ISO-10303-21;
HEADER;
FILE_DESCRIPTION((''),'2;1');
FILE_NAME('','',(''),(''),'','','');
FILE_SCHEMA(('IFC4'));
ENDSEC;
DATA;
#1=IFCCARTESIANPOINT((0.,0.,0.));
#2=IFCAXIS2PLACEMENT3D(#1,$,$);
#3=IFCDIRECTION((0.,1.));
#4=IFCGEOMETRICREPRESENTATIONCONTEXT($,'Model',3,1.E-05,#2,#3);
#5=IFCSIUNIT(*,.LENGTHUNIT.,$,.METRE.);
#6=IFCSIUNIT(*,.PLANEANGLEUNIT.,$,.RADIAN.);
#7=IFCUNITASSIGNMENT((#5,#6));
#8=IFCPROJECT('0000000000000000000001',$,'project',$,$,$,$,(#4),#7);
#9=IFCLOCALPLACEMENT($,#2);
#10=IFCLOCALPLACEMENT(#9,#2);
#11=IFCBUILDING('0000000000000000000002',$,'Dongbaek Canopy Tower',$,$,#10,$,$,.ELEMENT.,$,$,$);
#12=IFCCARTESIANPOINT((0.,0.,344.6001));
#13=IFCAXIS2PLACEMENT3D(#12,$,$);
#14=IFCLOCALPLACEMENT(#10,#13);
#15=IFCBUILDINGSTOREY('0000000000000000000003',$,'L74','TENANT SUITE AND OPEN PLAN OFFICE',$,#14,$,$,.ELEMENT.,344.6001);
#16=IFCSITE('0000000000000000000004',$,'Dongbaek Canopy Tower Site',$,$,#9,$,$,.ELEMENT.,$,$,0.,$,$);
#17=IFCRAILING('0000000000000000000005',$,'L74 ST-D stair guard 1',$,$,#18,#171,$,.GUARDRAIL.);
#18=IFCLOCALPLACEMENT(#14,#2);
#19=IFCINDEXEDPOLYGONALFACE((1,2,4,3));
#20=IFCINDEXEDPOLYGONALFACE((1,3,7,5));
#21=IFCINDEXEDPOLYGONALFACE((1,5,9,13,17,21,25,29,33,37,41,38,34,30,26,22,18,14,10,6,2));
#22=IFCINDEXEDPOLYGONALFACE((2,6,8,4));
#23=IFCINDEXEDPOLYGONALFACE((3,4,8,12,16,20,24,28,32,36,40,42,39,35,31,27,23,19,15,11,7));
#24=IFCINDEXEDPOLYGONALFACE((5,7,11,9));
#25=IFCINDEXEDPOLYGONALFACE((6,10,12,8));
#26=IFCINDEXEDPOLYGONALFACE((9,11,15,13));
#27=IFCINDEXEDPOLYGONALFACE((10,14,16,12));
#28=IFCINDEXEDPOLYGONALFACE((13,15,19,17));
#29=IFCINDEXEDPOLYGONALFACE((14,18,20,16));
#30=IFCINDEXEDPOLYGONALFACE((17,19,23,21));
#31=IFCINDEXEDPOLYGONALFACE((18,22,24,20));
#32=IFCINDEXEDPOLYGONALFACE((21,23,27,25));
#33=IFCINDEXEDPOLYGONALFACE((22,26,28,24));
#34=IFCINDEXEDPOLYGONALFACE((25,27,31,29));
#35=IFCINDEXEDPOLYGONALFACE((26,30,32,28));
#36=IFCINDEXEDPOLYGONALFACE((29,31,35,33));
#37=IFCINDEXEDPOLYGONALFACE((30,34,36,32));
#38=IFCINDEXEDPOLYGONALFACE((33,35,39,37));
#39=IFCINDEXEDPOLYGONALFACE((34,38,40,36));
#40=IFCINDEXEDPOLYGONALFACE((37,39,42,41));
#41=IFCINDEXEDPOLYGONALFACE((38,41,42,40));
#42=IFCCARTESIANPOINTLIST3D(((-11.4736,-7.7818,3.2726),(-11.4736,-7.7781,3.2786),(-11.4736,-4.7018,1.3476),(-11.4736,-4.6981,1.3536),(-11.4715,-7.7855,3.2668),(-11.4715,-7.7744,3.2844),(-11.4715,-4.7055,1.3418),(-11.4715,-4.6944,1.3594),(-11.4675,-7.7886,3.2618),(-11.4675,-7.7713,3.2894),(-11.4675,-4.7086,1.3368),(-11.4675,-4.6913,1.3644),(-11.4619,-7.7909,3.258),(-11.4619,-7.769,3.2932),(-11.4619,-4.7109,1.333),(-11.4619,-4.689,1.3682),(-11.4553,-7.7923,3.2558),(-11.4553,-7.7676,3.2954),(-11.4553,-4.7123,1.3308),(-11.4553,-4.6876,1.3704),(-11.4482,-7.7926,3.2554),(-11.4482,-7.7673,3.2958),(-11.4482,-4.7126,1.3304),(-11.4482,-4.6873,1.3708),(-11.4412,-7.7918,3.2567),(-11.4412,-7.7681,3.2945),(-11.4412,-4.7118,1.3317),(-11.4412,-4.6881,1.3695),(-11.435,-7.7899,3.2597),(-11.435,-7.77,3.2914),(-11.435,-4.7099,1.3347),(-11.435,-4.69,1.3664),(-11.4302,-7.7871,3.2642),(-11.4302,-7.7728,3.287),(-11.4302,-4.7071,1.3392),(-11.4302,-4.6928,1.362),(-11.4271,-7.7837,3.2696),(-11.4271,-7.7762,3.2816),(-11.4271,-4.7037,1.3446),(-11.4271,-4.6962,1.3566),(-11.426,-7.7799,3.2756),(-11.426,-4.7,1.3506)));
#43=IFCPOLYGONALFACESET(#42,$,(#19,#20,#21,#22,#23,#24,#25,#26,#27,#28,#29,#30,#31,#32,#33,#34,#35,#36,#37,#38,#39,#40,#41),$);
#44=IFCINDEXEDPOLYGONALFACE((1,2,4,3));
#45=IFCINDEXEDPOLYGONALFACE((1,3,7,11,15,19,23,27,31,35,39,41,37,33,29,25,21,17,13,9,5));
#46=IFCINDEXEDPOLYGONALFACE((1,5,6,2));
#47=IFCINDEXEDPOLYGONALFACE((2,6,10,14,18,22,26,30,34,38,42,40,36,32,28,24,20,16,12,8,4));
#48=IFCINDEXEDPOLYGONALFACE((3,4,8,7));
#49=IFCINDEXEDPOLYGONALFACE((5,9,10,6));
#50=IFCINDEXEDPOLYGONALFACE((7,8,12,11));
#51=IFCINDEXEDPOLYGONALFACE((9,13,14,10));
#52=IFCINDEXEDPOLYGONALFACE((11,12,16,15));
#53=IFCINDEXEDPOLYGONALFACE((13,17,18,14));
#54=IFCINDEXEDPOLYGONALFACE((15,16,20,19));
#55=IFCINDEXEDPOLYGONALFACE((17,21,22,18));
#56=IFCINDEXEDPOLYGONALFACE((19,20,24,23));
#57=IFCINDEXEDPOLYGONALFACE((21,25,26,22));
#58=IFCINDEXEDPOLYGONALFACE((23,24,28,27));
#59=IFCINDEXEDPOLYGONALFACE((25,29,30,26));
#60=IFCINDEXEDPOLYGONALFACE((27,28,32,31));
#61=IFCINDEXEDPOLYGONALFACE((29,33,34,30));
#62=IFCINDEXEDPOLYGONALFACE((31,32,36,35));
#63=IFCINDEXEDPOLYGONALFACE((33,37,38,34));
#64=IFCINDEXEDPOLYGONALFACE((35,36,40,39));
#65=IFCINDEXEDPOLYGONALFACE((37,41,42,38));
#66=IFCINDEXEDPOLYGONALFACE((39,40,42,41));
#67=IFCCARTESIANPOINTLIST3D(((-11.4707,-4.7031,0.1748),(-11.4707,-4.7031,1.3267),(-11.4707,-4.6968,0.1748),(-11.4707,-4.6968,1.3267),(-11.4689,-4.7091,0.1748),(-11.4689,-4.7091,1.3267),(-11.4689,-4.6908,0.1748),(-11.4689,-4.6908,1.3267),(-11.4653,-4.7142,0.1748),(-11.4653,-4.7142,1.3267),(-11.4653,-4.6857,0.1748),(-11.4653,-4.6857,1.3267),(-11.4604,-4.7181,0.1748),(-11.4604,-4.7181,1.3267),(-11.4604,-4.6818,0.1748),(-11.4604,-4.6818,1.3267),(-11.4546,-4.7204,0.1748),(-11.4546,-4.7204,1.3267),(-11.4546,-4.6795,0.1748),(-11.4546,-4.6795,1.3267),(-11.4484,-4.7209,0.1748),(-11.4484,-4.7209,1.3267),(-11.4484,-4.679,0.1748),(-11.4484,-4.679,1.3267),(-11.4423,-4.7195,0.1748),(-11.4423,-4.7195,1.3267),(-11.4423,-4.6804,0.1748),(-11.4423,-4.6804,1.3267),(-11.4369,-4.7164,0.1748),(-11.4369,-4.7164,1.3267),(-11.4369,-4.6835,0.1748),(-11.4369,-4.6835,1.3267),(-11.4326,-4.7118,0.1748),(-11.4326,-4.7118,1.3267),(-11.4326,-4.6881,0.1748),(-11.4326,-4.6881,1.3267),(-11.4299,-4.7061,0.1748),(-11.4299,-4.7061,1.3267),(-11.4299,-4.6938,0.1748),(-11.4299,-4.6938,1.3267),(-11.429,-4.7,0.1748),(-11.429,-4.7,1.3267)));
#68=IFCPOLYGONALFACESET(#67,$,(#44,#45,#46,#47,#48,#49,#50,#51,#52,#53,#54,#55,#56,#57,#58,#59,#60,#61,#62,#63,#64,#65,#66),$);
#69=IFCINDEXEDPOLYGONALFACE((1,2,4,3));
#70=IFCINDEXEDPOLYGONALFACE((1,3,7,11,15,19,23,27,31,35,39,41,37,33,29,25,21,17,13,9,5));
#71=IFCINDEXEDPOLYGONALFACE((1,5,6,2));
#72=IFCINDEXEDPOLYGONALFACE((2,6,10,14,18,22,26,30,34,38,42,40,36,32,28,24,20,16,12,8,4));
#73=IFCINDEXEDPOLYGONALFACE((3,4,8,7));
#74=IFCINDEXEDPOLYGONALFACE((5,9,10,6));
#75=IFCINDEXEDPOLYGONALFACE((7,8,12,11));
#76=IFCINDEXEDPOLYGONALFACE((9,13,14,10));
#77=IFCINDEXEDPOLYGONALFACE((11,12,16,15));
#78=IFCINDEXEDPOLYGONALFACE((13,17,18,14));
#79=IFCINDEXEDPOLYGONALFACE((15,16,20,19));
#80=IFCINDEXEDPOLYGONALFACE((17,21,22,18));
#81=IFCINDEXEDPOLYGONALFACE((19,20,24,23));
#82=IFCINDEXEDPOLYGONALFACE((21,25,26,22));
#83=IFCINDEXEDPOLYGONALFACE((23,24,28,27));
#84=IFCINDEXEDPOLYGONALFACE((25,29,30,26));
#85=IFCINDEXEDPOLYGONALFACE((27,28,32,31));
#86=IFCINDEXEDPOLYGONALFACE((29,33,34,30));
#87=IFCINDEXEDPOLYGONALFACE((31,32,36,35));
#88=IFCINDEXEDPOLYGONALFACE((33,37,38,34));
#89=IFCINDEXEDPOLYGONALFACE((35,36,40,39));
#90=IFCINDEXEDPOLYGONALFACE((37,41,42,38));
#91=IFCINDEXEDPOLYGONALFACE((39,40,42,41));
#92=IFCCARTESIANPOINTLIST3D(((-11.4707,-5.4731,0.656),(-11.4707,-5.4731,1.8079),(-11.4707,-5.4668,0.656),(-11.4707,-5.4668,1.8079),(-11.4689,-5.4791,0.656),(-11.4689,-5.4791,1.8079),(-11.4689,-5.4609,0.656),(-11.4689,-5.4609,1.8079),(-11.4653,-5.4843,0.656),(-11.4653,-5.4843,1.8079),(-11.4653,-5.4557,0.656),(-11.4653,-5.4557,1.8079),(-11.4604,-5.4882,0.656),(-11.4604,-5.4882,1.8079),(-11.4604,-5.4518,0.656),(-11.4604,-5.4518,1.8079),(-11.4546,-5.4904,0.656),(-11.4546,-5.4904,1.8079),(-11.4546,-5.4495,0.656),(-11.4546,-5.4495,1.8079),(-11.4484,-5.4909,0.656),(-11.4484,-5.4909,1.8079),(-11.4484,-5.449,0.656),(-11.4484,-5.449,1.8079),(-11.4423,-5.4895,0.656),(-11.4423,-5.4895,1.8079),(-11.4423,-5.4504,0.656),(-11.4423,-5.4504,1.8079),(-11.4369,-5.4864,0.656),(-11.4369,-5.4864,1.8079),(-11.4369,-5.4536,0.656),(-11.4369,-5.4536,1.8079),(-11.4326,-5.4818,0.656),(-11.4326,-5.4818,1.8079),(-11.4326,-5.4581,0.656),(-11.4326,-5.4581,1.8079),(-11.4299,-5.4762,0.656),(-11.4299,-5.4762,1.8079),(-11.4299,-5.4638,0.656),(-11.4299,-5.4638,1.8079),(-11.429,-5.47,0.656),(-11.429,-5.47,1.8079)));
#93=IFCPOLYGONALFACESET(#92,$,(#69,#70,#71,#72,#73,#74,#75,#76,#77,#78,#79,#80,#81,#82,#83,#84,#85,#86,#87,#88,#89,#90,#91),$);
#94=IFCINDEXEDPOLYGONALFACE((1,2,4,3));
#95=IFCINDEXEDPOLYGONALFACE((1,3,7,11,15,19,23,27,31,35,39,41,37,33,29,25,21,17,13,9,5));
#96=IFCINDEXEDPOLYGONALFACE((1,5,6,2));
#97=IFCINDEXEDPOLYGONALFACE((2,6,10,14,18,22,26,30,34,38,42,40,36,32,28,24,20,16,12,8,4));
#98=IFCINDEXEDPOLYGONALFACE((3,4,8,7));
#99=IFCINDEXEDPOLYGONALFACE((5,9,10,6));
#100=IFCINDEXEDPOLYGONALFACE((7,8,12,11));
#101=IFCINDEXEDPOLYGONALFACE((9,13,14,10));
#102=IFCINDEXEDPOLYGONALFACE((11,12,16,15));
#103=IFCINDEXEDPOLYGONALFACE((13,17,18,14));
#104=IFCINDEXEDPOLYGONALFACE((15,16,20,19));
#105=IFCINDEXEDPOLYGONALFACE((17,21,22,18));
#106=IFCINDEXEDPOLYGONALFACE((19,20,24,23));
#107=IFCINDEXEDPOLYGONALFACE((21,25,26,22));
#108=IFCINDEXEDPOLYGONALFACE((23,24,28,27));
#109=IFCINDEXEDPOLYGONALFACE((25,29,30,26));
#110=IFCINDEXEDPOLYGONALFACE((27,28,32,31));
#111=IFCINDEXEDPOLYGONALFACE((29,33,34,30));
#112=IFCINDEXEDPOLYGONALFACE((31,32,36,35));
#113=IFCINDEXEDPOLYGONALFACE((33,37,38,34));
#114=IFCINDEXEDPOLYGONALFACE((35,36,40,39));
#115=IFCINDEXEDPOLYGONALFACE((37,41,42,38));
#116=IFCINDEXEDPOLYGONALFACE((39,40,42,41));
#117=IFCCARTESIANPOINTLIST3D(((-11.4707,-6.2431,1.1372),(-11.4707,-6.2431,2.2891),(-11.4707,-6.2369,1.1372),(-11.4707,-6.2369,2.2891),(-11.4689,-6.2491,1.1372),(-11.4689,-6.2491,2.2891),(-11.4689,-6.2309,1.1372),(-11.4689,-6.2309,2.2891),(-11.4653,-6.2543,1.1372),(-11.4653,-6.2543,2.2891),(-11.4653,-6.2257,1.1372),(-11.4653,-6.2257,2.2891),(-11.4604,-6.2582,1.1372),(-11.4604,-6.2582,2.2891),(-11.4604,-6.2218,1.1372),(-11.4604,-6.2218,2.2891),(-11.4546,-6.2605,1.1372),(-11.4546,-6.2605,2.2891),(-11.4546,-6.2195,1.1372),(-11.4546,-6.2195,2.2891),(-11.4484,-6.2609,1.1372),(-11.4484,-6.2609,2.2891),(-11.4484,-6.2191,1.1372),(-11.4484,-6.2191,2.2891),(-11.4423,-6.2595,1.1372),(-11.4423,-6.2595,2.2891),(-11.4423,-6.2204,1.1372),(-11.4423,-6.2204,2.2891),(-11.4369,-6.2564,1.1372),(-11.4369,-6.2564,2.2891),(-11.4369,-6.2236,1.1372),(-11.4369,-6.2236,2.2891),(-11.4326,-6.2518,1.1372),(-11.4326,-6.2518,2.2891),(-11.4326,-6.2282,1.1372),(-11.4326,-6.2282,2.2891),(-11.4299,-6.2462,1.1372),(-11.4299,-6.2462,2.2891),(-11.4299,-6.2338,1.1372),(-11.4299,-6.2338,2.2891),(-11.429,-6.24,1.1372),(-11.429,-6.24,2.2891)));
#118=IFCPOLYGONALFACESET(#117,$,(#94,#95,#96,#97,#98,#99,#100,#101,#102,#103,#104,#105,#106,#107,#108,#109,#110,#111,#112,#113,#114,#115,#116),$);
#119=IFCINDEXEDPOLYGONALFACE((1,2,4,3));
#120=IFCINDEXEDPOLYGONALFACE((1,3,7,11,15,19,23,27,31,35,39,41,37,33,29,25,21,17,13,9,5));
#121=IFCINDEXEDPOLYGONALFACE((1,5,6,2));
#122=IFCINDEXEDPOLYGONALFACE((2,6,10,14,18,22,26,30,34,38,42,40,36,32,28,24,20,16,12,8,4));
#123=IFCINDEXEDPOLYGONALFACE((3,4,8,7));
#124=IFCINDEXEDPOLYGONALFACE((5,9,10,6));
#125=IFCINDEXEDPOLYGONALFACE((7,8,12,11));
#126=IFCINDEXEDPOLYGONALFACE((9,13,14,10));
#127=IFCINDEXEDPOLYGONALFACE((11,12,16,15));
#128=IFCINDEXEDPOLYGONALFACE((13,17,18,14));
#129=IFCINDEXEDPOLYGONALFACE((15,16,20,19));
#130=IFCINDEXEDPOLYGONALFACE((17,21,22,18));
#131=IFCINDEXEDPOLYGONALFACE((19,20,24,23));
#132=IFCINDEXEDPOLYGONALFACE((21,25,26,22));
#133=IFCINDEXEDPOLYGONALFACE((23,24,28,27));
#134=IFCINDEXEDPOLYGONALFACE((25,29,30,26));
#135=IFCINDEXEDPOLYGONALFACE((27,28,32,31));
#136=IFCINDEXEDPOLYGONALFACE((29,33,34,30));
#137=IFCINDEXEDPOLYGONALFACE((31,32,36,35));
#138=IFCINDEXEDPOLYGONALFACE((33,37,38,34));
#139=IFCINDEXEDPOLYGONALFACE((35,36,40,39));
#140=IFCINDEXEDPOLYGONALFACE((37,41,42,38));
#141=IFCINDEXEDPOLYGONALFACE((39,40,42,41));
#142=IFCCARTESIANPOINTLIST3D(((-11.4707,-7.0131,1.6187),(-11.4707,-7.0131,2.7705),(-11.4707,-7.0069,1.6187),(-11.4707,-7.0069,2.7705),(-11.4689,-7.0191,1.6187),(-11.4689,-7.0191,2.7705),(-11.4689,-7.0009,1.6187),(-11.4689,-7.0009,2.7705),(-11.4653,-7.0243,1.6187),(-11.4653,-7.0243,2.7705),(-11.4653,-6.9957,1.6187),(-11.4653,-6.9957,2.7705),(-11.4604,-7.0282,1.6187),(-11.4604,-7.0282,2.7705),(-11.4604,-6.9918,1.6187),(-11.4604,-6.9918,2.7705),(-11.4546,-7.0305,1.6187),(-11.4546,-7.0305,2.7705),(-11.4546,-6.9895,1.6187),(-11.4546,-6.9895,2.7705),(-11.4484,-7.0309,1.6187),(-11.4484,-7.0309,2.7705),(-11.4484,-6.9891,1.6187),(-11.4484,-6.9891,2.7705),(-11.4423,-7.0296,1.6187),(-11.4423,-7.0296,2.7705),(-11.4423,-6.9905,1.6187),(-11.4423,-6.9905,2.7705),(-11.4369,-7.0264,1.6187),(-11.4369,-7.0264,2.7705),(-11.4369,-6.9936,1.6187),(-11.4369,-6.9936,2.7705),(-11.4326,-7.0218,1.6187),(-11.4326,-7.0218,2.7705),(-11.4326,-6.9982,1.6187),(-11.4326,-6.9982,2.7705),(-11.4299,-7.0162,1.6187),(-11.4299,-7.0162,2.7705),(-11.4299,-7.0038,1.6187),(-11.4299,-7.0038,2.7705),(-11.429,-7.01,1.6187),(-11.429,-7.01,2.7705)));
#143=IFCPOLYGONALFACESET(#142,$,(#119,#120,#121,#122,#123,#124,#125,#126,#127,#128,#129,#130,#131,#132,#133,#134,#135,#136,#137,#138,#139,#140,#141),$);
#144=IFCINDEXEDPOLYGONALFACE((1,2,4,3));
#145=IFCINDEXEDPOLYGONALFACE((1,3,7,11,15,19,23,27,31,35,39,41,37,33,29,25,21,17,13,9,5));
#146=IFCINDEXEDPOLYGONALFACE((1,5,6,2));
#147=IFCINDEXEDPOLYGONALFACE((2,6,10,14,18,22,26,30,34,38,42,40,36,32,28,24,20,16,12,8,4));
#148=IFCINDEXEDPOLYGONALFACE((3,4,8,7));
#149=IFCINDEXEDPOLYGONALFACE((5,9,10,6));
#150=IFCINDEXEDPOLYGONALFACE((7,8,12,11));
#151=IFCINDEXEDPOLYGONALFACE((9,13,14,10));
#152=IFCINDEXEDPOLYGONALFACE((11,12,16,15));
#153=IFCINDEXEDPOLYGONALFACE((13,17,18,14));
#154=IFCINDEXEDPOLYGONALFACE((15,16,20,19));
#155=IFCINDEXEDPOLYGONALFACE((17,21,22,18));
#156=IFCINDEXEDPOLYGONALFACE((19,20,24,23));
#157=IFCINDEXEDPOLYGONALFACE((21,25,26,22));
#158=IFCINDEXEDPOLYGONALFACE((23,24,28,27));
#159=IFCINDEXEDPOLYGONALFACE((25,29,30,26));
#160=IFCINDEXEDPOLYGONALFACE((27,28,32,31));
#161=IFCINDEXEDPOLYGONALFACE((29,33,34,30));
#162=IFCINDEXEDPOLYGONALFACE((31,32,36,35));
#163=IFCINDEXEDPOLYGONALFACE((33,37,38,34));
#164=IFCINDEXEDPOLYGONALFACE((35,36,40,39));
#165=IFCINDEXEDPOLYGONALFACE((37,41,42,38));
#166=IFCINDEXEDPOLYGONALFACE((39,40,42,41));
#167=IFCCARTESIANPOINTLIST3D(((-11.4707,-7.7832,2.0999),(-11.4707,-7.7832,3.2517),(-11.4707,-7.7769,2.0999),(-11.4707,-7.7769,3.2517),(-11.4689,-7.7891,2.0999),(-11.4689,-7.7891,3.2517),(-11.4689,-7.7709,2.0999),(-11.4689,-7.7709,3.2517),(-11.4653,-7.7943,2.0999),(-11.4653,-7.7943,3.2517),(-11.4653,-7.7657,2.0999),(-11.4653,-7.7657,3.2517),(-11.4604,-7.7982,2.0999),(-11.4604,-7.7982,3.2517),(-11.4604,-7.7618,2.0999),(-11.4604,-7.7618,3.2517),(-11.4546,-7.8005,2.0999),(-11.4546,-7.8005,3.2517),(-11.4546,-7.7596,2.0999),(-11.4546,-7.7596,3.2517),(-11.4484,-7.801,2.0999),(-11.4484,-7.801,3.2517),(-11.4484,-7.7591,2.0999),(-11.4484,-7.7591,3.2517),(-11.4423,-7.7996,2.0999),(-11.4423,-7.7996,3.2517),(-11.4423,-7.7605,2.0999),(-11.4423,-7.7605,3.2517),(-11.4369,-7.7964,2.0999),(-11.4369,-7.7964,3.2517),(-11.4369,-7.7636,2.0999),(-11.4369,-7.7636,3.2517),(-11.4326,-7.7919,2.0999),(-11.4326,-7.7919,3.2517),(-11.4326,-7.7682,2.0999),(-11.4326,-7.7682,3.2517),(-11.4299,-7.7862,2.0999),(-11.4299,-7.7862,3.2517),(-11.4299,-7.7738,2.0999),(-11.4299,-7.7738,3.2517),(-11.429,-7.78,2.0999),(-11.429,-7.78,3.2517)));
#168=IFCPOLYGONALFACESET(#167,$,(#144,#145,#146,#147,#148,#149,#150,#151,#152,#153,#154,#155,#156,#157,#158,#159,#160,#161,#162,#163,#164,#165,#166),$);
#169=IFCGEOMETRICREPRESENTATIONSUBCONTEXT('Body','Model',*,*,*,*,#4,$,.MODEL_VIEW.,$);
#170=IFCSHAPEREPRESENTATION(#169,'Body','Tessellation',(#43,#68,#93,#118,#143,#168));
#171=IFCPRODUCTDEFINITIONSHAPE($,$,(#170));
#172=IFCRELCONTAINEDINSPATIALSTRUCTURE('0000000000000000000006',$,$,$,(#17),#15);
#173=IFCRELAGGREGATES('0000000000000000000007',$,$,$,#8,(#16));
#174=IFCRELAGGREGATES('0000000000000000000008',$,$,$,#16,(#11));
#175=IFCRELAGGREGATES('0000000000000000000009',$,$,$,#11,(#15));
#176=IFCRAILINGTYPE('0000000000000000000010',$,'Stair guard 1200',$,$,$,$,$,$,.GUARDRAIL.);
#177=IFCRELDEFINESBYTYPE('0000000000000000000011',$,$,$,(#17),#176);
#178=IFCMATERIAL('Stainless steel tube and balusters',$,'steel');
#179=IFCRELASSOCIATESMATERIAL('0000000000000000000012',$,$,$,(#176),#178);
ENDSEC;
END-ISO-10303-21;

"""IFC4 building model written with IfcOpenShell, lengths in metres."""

from ifc_helpers import new_model, si_unit, direction, frame, origin, origin_2d, place, context, subcontext, project, spatial, circle, extrude, material, type_object, element, save


model = new_model("IFC4")

# Units and contexts
model_context = context("Model", 3, precision=1e-05, world=origin(), true_north=direction((0.0, 1.0)))
body_context = subcontext(model_context, "Body", "Model", "MODEL_VIEW")
ifc_project = project(units=[si_unit("LENGTHUNIT", "METRE"), si_unit("PLANEANGLEUNIT", "RADIAN")], contexts=[model_context])

# Site, building, storey
site_placement = place(None, origin())
site = spatial("IfcSite", under=ifc_project, at=site_placement, Name="Dongbaek Canopy Tower Site", CompositionType="ELEMENT", RefElevation=0.0)
building_placement = place(site_placement, origin())
building = spatial("IfcBuilding", under=site, at=building_placement, Name="Dongbaek Canopy Tower", CompositionType="ELEMENT")
storey_placement = place(building_placement, frame((0.0, 0.0, 344.6001)))
storey = spatial("IfcBuildingStorey", under=building, at=storey_placement, Name="L74", Description="TENANT SUITE AND OPEN PLAN OFFICE", CompositionType="ELEMENT", Elevation=344.6001)

# Railing
ifc_material_1 = material(Name="Stainless steel tube and balusters", Category="steel")
railing_type_1 = type_object("IfcRailingType", Name="Stair guard 1200", PredefinedType="GUARDRAIL", material=ifc_material_1)
railing_1_placement = place(storey_placement, frame((-11.45, -4.7, 0.1748)))
element("IfcRailing", 1, at=railing_1_placement, inside=storey, type_object=railing_type_1, Name="L74 ST-D stair guard 1", PredefinedType="GUARDRAIL", context=body_context, shape_type="SweptSolid", body=[
    extrude(circle(Radius=0.0239, at=origin_2d()), frame((0.0, 0.0, 1.1758), z_axis=(0.0, -0.847998, 0.529999), x_axis=(1.0, 0.0, 0.0)), (0.0, 0.0, 1.0), 3.6321),
    extrude(circle(Radius=0.021, at=origin_2d()), origin(), (0.0, 0.0, 1.0), 1.1519),
    extrude(circle(Radius=0.021, at=origin_2d()), frame((0.0, -0.77, 0.4812)), (0.0, 0.0, 1.0), 1.1519),
    extrude(circle(Radius=0.021, at=origin_2d()), frame((0.0, -1.54, 0.9624)), (0.0, 0.0, 1.0), 1.1519),
    extrude(circle(Radius=0.021, at=origin_2d()), frame((0.0, -2.3101, 1.4438)), (0.0, 0.0, 1.0), 1.1519),
    extrude(circle(Radius=0.021, at=origin_2d()), frame((0.0, -3.0801, 1.925)), (0.0, 0.0, 1.0), 1.1519),
])

save(model, "model.ifc")
